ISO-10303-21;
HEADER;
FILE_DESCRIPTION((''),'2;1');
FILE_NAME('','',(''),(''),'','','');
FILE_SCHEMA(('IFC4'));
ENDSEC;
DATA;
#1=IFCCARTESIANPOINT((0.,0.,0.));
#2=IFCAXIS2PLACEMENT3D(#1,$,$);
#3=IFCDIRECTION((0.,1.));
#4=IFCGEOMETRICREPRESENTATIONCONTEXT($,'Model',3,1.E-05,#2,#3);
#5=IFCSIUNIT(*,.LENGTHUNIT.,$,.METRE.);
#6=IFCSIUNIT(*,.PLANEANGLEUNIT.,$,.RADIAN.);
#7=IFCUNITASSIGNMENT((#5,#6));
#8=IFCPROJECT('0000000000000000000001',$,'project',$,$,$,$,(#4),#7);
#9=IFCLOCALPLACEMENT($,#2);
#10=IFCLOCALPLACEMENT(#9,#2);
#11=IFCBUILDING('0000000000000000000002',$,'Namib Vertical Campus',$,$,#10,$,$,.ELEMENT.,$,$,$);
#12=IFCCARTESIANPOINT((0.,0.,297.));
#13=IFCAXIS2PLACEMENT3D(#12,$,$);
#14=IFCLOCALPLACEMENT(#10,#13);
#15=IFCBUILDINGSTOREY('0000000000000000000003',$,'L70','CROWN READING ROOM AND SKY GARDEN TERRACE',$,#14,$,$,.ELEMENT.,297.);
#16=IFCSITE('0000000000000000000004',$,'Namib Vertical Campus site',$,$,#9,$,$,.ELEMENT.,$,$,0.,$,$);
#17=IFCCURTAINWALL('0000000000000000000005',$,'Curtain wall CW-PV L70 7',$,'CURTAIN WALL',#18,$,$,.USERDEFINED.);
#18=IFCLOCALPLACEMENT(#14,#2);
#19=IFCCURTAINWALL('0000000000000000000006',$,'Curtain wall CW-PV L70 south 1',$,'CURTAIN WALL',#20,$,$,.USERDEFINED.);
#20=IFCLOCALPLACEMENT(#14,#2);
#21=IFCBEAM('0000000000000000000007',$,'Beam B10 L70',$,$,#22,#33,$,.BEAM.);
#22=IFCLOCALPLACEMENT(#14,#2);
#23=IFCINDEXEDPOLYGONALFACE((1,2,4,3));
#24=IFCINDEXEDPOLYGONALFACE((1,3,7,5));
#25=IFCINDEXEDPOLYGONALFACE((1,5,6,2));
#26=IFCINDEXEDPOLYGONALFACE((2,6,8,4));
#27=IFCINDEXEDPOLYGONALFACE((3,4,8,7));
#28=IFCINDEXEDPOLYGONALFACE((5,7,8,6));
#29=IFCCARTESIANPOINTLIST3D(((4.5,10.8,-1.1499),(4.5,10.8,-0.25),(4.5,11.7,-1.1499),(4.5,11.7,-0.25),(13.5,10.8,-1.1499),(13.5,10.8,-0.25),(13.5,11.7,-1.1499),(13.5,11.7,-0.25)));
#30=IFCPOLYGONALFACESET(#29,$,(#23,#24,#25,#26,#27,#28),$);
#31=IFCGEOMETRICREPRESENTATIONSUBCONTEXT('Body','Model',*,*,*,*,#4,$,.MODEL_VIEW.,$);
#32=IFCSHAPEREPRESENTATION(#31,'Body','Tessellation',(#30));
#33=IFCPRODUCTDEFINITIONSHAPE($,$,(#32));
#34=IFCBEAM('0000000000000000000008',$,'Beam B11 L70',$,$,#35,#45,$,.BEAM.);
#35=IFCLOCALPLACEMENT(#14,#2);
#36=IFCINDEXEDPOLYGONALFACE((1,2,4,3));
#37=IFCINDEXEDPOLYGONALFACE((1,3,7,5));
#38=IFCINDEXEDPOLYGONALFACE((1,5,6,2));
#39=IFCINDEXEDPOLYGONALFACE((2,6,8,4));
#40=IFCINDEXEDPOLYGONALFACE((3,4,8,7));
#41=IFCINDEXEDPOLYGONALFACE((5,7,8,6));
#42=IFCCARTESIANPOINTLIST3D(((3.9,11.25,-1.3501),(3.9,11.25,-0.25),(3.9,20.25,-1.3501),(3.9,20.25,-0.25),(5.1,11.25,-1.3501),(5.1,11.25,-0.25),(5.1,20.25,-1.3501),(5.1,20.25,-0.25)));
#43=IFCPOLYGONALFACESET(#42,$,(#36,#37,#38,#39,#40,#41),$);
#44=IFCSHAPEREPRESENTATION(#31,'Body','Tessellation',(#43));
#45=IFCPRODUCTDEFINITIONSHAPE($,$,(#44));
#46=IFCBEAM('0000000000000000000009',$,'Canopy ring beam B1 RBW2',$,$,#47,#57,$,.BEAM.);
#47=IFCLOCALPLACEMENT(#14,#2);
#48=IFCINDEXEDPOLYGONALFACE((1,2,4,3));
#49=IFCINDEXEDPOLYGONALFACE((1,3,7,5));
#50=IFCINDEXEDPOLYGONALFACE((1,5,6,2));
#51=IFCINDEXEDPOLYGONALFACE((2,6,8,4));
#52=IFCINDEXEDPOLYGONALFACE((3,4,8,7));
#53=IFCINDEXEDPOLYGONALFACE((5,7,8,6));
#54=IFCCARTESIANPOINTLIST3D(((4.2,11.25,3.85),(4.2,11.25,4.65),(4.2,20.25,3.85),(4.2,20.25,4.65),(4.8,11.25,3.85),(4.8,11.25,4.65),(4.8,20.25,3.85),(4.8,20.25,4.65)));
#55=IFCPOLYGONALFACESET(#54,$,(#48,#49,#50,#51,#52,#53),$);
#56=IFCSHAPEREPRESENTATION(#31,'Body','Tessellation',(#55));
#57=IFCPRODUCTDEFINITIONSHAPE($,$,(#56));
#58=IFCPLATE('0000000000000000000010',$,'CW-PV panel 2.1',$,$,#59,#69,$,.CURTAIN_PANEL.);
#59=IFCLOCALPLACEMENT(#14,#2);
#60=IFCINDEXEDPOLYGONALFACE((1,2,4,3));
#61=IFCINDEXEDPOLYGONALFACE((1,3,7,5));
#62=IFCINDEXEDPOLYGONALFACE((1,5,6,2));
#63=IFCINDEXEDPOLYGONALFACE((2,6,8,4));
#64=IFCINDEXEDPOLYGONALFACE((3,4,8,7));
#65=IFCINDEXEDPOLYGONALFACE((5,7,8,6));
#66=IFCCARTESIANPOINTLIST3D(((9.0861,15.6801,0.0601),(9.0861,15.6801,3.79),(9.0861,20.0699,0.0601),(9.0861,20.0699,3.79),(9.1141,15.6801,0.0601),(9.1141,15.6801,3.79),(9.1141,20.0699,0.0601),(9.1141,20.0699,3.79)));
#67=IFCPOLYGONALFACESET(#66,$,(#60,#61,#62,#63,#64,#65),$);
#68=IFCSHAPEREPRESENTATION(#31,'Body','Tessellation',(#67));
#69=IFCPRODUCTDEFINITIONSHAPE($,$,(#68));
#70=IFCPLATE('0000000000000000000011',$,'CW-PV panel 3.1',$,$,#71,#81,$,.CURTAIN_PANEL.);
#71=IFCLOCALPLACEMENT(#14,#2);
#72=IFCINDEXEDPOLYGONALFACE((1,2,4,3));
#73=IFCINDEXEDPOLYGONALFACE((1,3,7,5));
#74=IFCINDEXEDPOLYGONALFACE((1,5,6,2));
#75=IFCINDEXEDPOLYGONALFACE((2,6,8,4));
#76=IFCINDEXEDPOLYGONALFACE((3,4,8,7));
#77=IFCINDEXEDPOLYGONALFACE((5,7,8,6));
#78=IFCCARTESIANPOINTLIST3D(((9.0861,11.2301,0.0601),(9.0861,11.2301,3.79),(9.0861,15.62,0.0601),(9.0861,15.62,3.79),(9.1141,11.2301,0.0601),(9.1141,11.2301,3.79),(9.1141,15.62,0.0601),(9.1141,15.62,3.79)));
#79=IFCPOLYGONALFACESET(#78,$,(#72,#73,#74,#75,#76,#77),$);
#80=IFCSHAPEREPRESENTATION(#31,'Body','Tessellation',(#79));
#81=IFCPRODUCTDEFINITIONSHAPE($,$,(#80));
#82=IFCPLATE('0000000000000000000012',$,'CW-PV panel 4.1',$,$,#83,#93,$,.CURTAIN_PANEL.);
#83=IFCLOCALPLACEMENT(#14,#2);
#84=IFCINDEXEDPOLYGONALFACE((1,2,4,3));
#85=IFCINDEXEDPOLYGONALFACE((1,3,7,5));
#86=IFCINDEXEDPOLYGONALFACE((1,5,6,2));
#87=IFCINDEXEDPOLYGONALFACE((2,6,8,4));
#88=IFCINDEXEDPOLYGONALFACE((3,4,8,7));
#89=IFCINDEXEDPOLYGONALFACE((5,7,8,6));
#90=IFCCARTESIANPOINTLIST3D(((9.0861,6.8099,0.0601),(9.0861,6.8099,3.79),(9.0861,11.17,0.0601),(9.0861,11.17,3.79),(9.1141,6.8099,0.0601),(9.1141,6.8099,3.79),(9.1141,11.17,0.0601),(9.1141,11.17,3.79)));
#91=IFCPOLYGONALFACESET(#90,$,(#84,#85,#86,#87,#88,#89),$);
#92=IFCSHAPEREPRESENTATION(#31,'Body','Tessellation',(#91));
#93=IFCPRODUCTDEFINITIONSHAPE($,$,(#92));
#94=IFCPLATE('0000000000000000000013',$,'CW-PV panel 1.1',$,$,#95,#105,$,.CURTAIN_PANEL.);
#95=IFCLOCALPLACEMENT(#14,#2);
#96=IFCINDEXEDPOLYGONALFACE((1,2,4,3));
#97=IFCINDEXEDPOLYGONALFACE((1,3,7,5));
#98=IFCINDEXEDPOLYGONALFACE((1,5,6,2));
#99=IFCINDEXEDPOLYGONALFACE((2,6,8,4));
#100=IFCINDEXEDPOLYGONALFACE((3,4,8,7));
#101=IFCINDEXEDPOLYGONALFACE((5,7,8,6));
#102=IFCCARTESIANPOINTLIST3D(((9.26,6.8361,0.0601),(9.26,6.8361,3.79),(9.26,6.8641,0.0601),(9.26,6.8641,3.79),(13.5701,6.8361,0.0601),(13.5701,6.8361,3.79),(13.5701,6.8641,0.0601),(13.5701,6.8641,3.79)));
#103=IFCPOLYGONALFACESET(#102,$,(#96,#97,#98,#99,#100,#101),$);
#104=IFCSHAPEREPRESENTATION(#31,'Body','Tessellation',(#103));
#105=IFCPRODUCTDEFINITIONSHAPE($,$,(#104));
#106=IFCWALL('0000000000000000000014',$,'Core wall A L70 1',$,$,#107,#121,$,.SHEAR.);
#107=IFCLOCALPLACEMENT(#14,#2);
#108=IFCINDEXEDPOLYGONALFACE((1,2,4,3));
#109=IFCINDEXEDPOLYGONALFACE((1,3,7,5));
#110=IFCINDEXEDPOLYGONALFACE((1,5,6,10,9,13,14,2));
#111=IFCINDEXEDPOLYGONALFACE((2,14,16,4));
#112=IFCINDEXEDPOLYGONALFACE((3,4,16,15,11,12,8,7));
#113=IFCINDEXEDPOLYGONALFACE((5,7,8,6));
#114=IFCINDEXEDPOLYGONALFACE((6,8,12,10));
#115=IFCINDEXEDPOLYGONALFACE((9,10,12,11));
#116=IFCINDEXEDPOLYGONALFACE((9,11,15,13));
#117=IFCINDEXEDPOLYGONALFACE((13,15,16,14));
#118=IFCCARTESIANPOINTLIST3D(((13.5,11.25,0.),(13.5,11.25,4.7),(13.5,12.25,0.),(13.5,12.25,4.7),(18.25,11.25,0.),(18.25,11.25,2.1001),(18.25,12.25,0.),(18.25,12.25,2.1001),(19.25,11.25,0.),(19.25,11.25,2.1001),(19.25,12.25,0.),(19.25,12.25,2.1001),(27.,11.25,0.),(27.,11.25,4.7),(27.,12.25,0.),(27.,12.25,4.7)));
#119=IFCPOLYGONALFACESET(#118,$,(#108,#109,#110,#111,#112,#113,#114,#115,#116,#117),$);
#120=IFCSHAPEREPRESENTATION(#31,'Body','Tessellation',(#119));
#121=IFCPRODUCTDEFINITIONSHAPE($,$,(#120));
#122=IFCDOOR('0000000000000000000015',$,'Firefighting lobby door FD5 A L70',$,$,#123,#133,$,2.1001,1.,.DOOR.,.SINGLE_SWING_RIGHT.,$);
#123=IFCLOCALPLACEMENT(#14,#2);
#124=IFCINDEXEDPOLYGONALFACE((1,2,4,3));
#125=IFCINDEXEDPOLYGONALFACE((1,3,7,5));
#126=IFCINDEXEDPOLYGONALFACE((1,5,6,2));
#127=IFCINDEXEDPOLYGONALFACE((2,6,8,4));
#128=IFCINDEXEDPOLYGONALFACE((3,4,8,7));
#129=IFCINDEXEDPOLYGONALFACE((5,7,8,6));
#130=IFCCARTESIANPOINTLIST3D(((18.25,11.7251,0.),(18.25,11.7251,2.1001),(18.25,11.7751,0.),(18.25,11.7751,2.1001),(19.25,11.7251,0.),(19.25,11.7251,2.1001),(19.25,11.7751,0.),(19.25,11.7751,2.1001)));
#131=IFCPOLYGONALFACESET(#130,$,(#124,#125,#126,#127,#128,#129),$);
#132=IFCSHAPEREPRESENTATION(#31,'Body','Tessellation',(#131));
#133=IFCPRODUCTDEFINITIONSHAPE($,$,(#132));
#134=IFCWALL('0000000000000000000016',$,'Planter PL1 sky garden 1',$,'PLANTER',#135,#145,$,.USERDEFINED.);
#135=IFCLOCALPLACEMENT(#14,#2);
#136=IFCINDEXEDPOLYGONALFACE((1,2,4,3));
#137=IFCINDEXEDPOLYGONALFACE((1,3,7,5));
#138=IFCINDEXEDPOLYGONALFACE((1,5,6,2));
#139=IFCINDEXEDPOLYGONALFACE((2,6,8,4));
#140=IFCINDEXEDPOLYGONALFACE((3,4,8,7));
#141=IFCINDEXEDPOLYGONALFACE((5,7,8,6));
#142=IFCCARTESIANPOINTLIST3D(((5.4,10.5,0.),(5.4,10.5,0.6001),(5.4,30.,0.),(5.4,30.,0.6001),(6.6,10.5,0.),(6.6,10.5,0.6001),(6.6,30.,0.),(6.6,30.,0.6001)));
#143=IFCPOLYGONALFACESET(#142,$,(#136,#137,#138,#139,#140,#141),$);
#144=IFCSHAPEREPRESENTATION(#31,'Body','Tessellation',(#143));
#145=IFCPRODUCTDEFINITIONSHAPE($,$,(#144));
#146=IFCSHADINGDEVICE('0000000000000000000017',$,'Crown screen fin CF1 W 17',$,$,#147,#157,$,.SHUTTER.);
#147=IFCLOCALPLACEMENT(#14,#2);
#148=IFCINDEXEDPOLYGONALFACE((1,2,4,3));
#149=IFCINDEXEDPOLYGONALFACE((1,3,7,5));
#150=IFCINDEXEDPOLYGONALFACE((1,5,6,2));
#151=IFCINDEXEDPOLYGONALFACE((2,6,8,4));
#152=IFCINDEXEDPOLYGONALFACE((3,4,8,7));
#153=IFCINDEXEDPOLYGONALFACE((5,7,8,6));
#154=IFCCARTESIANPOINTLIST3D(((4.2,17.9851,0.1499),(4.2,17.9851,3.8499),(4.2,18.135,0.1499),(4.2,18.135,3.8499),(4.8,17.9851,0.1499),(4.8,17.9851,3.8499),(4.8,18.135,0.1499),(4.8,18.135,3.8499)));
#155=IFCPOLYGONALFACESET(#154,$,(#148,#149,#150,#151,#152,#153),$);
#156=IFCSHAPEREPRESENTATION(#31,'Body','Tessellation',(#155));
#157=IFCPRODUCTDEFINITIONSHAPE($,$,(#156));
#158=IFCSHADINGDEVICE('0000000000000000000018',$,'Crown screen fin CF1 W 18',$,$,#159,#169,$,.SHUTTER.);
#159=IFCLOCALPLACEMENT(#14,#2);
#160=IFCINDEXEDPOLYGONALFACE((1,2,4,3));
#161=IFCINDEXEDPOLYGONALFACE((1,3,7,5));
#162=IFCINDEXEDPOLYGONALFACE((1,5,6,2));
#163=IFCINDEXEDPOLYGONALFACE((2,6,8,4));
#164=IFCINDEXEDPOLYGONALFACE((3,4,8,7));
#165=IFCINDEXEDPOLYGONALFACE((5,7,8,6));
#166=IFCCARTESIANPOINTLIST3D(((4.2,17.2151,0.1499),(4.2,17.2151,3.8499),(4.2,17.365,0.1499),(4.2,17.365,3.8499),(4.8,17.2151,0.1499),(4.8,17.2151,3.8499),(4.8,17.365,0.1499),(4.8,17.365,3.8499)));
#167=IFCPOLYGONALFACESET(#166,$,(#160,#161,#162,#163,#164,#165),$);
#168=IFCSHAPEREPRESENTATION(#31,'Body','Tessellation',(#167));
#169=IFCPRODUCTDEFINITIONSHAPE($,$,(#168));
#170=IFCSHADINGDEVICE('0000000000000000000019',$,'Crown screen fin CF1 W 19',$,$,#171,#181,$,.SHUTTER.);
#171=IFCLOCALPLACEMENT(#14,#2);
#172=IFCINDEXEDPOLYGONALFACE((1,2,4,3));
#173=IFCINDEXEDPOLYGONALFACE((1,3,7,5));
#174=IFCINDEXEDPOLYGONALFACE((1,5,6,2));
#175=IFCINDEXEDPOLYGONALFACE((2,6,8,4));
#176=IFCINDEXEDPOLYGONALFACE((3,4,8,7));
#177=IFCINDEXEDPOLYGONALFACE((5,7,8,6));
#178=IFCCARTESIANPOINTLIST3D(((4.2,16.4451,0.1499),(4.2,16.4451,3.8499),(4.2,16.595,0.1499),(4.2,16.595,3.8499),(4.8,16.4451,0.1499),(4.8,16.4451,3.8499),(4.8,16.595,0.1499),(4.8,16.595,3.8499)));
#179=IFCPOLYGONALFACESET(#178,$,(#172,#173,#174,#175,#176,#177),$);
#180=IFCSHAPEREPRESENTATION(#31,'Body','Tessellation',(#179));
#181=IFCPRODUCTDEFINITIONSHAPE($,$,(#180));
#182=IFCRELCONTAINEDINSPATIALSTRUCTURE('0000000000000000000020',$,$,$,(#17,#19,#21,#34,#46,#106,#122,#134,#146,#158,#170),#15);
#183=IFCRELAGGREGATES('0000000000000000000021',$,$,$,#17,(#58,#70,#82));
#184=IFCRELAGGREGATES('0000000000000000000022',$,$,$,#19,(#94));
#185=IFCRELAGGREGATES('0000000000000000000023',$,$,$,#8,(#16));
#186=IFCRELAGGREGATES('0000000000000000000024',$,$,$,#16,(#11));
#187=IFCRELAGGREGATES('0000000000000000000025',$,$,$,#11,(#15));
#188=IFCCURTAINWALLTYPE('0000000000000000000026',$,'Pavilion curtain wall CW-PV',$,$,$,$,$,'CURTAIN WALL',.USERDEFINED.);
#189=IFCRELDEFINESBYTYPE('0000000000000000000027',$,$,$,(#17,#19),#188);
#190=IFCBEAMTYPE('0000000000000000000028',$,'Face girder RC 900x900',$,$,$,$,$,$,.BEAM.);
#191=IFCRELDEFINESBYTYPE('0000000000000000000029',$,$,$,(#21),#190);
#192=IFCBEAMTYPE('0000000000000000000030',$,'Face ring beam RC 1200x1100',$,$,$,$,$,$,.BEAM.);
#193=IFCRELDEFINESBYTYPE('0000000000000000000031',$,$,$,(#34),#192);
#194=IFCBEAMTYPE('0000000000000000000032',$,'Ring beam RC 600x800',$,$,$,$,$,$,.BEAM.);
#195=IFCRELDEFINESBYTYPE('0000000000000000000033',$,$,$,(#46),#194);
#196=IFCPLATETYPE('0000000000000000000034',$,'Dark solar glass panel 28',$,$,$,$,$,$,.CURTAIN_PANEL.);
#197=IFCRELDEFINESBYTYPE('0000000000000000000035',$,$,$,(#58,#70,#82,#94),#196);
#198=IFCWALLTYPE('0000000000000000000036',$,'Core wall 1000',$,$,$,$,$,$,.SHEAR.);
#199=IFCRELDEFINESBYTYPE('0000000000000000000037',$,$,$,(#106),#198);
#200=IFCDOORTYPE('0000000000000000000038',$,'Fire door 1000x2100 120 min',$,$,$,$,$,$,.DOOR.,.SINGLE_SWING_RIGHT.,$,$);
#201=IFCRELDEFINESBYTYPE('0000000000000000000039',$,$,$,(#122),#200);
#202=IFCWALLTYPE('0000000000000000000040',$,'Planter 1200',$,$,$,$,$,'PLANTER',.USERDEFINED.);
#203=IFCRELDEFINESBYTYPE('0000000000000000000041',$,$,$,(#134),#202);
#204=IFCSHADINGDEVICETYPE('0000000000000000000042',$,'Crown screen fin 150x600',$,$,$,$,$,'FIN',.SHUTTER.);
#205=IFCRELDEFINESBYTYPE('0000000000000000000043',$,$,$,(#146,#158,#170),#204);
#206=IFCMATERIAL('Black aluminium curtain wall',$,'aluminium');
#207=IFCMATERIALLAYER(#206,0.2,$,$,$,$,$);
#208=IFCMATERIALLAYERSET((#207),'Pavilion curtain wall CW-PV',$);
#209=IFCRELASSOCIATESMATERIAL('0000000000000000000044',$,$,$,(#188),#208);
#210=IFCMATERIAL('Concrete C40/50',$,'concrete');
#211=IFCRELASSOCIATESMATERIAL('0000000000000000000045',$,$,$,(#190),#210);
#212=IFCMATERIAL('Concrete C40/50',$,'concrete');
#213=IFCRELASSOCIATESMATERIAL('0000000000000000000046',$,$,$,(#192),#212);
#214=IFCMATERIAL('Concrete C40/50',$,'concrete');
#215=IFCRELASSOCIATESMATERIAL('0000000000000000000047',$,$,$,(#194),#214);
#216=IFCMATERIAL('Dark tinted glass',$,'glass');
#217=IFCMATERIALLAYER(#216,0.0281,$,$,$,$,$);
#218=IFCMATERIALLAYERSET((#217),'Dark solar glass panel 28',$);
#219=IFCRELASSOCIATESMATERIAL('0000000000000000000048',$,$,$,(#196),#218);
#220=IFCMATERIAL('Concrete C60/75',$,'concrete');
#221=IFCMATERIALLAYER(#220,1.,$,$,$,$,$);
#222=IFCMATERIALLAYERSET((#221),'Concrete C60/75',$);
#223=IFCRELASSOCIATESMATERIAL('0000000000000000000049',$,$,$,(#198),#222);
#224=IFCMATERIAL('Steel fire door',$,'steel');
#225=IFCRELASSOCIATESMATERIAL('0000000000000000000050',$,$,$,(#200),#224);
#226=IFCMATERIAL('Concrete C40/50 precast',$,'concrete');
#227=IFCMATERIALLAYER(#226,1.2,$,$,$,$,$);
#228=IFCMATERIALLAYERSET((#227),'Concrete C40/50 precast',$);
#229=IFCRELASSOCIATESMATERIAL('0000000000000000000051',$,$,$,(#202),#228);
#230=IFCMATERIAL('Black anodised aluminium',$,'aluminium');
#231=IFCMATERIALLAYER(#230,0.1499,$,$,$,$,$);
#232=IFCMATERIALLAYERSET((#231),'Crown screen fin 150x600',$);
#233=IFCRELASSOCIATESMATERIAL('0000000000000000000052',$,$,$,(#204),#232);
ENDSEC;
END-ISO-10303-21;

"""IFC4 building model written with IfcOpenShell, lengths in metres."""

from ifc_helpers import new_model, si_unit, direction, frame, frame_2d, origin, origin_2d, place, context, subcontext, project, spatial, rectangle, extrude, material, layer, layer_set, material_profile, profile_set, type_object, element, fill, aggregate, save


model = new_model("IFC4")

# Units and contexts
model_context = context("Model", 3, precision=1e-05, world=origin(), true_north=direction((0.0, 1.0)))
body_context = subcontext(model_context, "Body", "Model", "MODEL_VIEW")
ifc_project = project(units=[si_unit("LENGTHUNIT", "METRE"), si_unit("PLANEANGLEUNIT", "RADIAN")], contexts=[model_context])

# Site, building, storey
site_placement = place(None, origin())
site = spatial("IfcSite", under=ifc_project, at=site_placement, Name="Namib Vertical Campus site", CompositionType="ELEMENT", RefElevation=0.0)
building_placement = place(site_placement, origin())
building = spatial("IfcBuilding", under=site, at=building_placement, Name="Namib Vertical Campus", CompositionType="ELEMENT")
storey_placement = place(building_placement, frame((0.0, 0.0, 297.0)))
storey = spatial("IfcBuildingStorey", under=building, at=storey_placement, Name="L70", Description="CROWN READING ROOM AND SKY GARDEN TERRACE", CompositionType="ELEMENT", Elevation=297.0)

# Curtain walls
ifc_material_1 = material(Name="Black aluminium curtain wall", Category="aluminium")
ifc_layer_1 = layer(ifc_material_1, 0.2)
ifc_layer_set_1 = layer_set([ifc_layer_1], Name="Pavilion curtain wall CW-PV")
curtain_wall_type = type_object("IfcCurtainWallType", Name="Pavilion curtain wall CW-PV", ElementType="CURTAIN WALL", PredefinedType="USERDEFINED", material=ifc_layer_set_1)
curtain_wall_1_placement = place(storey_placement, origin())
curtain_wall_1 = element("IfcCurtainWall", 1, at=curtain_wall_1_placement, inside=storey, type_object=curtain_wall_type, Name="Curtain wall CW-PV L70 7", ObjectType="CURTAIN WALL", PredefinedType="USERDEFINED")
curtain_wall_2_placement = place(storey_placement, origin())
curtain_wall_2 = element("IfcCurtainWall", 2, at=curtain_wall_2_placement, inside=storey, type_object=curtain_wall_type, Name="Curtain wall CW-PV L70 south 1", ObjectType="CURTAIN WALL", PredefinedType="USERDEFINED")

# Beams
ifc_material_2 = material(Name="Concrete C40/50", Category="concrete")
ifc_material_profile_1 = material_profile(ifc_material_2, rectangle(XDim=0.8999, YDim=0.8999, at=origin_2d()))
ifc_profile_set_1 = profile_set([ifc_material_profile_1], Name="Concrete C40/50")
beam_type_1 = type_object("IfcBeamType", Name="Face girder RC 900x900", PredefinedType="BEAM", material=ifc_profile_set_1)
beam_1_placement = place(storey_placement, frame((4.5, 11.25, -0.7), z_axis=(1.0, 0.0, 0.0), x_axis=(0.0, 1.0, 0.0)))
element("IfcBeam", 3, at=beam_1_placement, inside=storey, type_object=beam_type_1, Name="Beam B10 L70", PredefinedType="BEAM", context=body_context, shape_type="SweptSolid", body=[
    extrude(rectangle(XDim=0.8999, YDim=0.8999, at=origin_2d()), origin(), (0.0, 0.0, 1.0), 9.0),
])
ifc_material_3 = material(Name="Concrete C40/50", Category="concrete")
ifc_material_profile_2 = material_profile(ifc_material_3, rectangle(XDim=1.2, YDim=1.1001, at=origin_2d()))
ifc_profile_set_2 = profile_set([ifc_material_profile_2], Name="Concrete C40/50")
beam_type_2 = type_object("IfcBeamType", Name="Face ring beam RC 1200x1100", PredefinedType="BEAM", material=ifc_profile_set_2)
beam_2_placement = place(storey_placement, frame((4.5, 11.25, -0.8), z_axis=(0.0, 1.0, 0.0), x_axis=(-1.0, 0.0, 0.0)))
element("IfcBeam", 4, at=beam_2_placement, inside=storey, type_object=beam_type_2, Name="Beam B11 L70", PredefinedType="BEAM", context=body_context, shape_type="SweptSolid", body=[
    extrude(rectangle(XDim=1.2, YDim=1.1001, at=origin_2d()), origin(), (0.0, 0.0, 1.0), 9.0),
])
ifc_material_4 = material(Name="Concrete C40/50", Category="concrete")
ifc_material_profile_3 = material_profile(ifc_material_4, rectangle(XDim=0.6001, YDim=0.8, at=origin_2d()))
ifc_profile_set_3 = profile_set([ifc_material_profile_3], Name="Concrete C40/50")
beam_type_3 = type_object("IfcBeamType", Name="Ring beam RC 600x800", PredefinedType="BEAM", material=ifc_profile_set_3)
beam_3_placement = place(storey_placement, frame((4.5, 11.25, 4.25), z_axis=(0.0, 1.0, 0.0), x_axis=(-1.0, 0.0, 0.0)))
element("IfcBeam", 5, at=beam_3_placement, inside=storey, type_object=beam_type_3, Name="Canopy ring beam B1 RBW2", PredefinedType="BEAM", context=body_context, shape_type="SweptSolid", body=[
    extrude(rectangle(XDim=0.6001, YDim=0.8, at=origin_2d()), origin(), (0.0, 0.0, 1.0), 9.0),
])

# Plates
ifc_material_5 = material(Name="Dark tinted glass", Category="glass")
ifc_layer_2 = layer(ifc_material_5, 0.0281)
ifc_layer_set_2 = layer_set([ifc_layer_2], Name="Dark solar glass panel 28")
plate_type = type_object("IfcPlateType", Name="Dark solar glass panel 28", PredefinedType="CURTAIN_PANEL", material=ifc_layer_set_2)
plate_1_placement = place(storey_placement, frame((9.1001, 17.875, 0.0601), z_axis=(0.0, 0.0, 1.0), x_axis=(0.0, -1.0, 0.0)))
plate_1 = element("IfcPlate", 6, at=plate_1_placement, type_object=plate_type, Name="CW-PV panel 2.1", PredefinedType="CURTAIN_PANEL", context=body_context, shape_type="SweptSolid", body=[
    extrude(rectangle(XDim=4.3899, YDim=0.0281, at=origin_2d()), origin(), (0.0, 0.0, 1.0), 3.73),
])
plate_2_placement = place(storey_placement, frame((9.1001, 13.425, 0.0601), z_axis=(0.0, 0.0, 1.0), x_axis=(0.0, -1.0, 0.0)))
plate_2 = element("IfcPlate", 7, at=plate_2_placement, type_object=plate_type, Name="CW-PV panel 3.1", PredefinedType="CURTAIN_PANEL", context=body_context, shape_type="SweptSolid", body=[
    extrude(rectangle(XDim=4.3899, YDim=0.0281, at=origin_2d()), origin(), (0.0, 0.0, 1.0), 3.73),
])
plate_3_placement = place(storey_placement, frame((9.1001, 8.99, 0.0601), z_axis=(0.0, 0.0, 1.0), x_axis=(0.0, -1.0, 0.0)))
plate_3 = element("IfcPlate", 8, at=plate_3_placement, type_object=plate_type, Name="CW-PV panel 4.1", PredefinedType="CURTAIN_PANEL", context=body_context, shape_type="SweptSolid", body=[
    extrude(rectangle(XDim=4.3601, YDim=0.0281, at=origin_2d()), origin(), (0.0, 0.0, 1.0), 3.73),
])
aggregate(curtain_wall_1, [plate_1, plate_2, plate_3])
plate_4_placement = place(storey_placement, frame((11.415, 6.8501, 0.0601), z_axis=(0.0, 0.0, 1.0), x_axis=(1.0, 0.0, 0.0)))
plate_4 = element("IfcPlate", 9, at=plate_4_placement, type_object=plate_type, Name="CW-PV panel 1.1", PredefinedType="CURTAIN_PANEL", context=body_context, shape_type="SweptSolid", body=[
    extrude(rectangle(XDim=4.3101, YDim=0.0281, at=origin_2d()), origin(), (0.0, 0.0, 1.0), 3.73),
])
aggregate(curtain_wall_2, [plate_4])

# Wall, opening, door
ifc_material_6 = material(Name="Concrete C60/75", Category="concrete")
ifc_layer_3 = layer(ifc_material_6, 1.0)
ifc_layer_set_3 = layer_set([ifc_layer_3], Name="Concrete C60/75")
wall_type_1 = type_object("IfcWallType", Name="Core wall 1000", PredefinedType="SHEAR", material=ifc_layer_set_3)
wall_1_placement = place(storey_placement, frame((13.5, 11.75, 0.0), z_axis=(0.0, 0.0, 1.0), x_axis=(1.0, 0.0, 0.0)))
wall_1 = element("IfcWall", 10, at=wall_1_placement, inside=storey, type_object=wall_type_1, Name="Core wall A L70 1", PredefinedType="SHEAR", context=body_context, shape_type="SweptSolid", body=[
    extrude(rectangle(XDim=13.5, YDim=1.0, at=frame_2d((6.75, 0.0))), origin(), (0.0, 0.0, 1.0), 4.7),
])
opening_placement = place(wall_1_placement, frame((4.75, 0.0, 0.0)))
opening = element("IfcOpeningElement", 11, at=opening_placement, cuts=wall_1, PredefinedType="OPENING", context=body_context, shape_type="SweptSolid", body=[
    extrude(rectangle(XDim=1.0, YDim=2.1001, at=frame_2d((0.5, 1.05))), frame((0.0, 0.51, 0.0), z_axis=(0.0, -1.0, 0.0), x_axis=(1.0, 0.0, 0.0)), (0.0, 0.0, 1.0), 1.02),
])
ifc_material_7 = material(Name="Steel fire door", Category="steel")
door_type = type_object("IfcDoorType", Name="Fire door 1000x2100 120 min", OperationType="SINGLE_SWING_RIGHT", PredefinedType="DOOR", material=ifc_material_7)
door_placement = place(opening_placement, frame((1.0, 0.0, 0.0), z_axis=(0.0, 0.0, 1.0), x_axis=(-1.0, 0.0, 0.0)))
door = element("IfcDoor", 12, at=door_placement, inside=storey, type_object=door_type, Name="Firefighting lobby door FD5 A L70", OperationType="SINGLE_SWING_RIGHT", OverallHeight=2.1001, OverallWidth=1.0, PredefinedType="DOOR", context=body_context, shape_type="SweptSolid", body=[
    extrude(rectangle(XDim=1.0, YDim=2.1001, at=frame_2d((0.5, 1.05))), frame((0.0, 0.0249, 0.0), z_axis=(0.0, -1.0, 0.0), x_axis=(1.0, 0.0, 0.0)), (0.0, 0.0, 1.0), 0.05),
])
fill(opening, door)

# Wall
ifc_material_8 = material(Name="Concrete C40/50 precast", Category="concrete")
ifc_layer_4 = layer(ifc_material_8, 1.2)
ifc_layer_set_4 = layer_set([ifc_layer_4], Name="Concrete C40/50 precast")
wall_type_2 = type_object("IfcWallType", Name="Planter 1200", ElementType="PLANTER", PredefinedType="USERDEFINED", material=ifc_layer_set_4)
wall_2_placement = place(storey_placement, frame((6.0, 10.5, 0.0), z_axis=(0.0, 0.0, 1.0), x_axis=(0.0, 1.0, 0.0)))
element("IfcWall", 13, at=wall_2_placement, inside=storey, type_object=wall_type_2, Name="Planter PL1 sky garden 1", ObjectType="PLANTER", PredefinedType="USERDEFINED", context=body_context, shape_type="SweptSolid", body=[
    extrude(rectangle(XDim=19.5, YDim=1.2, at=frame_2d((9.75, 0.0))), origin(), (0.0, 0.0, 1.0), 0.6001),
])

# Shading devices
ifc_material_9 = material(Name="Black anodised aluminium", Category="aluminium")
ifc_layer_5 = layer(ifc_material_9, 0.1499)
ifc_layer_set_5 = layer_set([ifc_layer_5], Name="Crown screen fin 150x600")
shading_device_type = type_object("IfcShadingDeviceType", Name="Crown screen fin 150x600", ElementType="FIN", PredefinedType="SHUTTER", material=ifc_layer_set_5)
for number, where, z_axis, x_axis, name in (
    (14, (4.5, 18.0601, 0.1499), (0.0, 0.0, 1.0), (0.0, -1.0, 0.0), "Crown screen fin CF1 W 17"),
    (15, (4.5, 17.29, 0.1499), (0.0, 0.0, 1.0), (0.0, -1.0, 0.0), "Crown screen fin CF1 W 18"),
    (16, (4.5, 16.52, 0.1499), (0.0, 0.0, 1.0), (0.0, -1.0, 0.0), "Crown screen fin CF1 W 19"),
):
    element("IfcShadingDevice", number, at=place(storey_placement, frame(where, z_axis=z_axis, x_axis=x_axis)), inside=storey, type_object=shading_device_type, Name=name, PredefinedType="SHUTTER", context=body_context, shape_type="SweptSolid", body=[
        extrude(rectangle(XDim=0.1499, YDim=0.6001, at=origin_2d()), origin(), (0.0, 0.0, 1.0), 3.7),
    ])

save(model, "model.ifc")
